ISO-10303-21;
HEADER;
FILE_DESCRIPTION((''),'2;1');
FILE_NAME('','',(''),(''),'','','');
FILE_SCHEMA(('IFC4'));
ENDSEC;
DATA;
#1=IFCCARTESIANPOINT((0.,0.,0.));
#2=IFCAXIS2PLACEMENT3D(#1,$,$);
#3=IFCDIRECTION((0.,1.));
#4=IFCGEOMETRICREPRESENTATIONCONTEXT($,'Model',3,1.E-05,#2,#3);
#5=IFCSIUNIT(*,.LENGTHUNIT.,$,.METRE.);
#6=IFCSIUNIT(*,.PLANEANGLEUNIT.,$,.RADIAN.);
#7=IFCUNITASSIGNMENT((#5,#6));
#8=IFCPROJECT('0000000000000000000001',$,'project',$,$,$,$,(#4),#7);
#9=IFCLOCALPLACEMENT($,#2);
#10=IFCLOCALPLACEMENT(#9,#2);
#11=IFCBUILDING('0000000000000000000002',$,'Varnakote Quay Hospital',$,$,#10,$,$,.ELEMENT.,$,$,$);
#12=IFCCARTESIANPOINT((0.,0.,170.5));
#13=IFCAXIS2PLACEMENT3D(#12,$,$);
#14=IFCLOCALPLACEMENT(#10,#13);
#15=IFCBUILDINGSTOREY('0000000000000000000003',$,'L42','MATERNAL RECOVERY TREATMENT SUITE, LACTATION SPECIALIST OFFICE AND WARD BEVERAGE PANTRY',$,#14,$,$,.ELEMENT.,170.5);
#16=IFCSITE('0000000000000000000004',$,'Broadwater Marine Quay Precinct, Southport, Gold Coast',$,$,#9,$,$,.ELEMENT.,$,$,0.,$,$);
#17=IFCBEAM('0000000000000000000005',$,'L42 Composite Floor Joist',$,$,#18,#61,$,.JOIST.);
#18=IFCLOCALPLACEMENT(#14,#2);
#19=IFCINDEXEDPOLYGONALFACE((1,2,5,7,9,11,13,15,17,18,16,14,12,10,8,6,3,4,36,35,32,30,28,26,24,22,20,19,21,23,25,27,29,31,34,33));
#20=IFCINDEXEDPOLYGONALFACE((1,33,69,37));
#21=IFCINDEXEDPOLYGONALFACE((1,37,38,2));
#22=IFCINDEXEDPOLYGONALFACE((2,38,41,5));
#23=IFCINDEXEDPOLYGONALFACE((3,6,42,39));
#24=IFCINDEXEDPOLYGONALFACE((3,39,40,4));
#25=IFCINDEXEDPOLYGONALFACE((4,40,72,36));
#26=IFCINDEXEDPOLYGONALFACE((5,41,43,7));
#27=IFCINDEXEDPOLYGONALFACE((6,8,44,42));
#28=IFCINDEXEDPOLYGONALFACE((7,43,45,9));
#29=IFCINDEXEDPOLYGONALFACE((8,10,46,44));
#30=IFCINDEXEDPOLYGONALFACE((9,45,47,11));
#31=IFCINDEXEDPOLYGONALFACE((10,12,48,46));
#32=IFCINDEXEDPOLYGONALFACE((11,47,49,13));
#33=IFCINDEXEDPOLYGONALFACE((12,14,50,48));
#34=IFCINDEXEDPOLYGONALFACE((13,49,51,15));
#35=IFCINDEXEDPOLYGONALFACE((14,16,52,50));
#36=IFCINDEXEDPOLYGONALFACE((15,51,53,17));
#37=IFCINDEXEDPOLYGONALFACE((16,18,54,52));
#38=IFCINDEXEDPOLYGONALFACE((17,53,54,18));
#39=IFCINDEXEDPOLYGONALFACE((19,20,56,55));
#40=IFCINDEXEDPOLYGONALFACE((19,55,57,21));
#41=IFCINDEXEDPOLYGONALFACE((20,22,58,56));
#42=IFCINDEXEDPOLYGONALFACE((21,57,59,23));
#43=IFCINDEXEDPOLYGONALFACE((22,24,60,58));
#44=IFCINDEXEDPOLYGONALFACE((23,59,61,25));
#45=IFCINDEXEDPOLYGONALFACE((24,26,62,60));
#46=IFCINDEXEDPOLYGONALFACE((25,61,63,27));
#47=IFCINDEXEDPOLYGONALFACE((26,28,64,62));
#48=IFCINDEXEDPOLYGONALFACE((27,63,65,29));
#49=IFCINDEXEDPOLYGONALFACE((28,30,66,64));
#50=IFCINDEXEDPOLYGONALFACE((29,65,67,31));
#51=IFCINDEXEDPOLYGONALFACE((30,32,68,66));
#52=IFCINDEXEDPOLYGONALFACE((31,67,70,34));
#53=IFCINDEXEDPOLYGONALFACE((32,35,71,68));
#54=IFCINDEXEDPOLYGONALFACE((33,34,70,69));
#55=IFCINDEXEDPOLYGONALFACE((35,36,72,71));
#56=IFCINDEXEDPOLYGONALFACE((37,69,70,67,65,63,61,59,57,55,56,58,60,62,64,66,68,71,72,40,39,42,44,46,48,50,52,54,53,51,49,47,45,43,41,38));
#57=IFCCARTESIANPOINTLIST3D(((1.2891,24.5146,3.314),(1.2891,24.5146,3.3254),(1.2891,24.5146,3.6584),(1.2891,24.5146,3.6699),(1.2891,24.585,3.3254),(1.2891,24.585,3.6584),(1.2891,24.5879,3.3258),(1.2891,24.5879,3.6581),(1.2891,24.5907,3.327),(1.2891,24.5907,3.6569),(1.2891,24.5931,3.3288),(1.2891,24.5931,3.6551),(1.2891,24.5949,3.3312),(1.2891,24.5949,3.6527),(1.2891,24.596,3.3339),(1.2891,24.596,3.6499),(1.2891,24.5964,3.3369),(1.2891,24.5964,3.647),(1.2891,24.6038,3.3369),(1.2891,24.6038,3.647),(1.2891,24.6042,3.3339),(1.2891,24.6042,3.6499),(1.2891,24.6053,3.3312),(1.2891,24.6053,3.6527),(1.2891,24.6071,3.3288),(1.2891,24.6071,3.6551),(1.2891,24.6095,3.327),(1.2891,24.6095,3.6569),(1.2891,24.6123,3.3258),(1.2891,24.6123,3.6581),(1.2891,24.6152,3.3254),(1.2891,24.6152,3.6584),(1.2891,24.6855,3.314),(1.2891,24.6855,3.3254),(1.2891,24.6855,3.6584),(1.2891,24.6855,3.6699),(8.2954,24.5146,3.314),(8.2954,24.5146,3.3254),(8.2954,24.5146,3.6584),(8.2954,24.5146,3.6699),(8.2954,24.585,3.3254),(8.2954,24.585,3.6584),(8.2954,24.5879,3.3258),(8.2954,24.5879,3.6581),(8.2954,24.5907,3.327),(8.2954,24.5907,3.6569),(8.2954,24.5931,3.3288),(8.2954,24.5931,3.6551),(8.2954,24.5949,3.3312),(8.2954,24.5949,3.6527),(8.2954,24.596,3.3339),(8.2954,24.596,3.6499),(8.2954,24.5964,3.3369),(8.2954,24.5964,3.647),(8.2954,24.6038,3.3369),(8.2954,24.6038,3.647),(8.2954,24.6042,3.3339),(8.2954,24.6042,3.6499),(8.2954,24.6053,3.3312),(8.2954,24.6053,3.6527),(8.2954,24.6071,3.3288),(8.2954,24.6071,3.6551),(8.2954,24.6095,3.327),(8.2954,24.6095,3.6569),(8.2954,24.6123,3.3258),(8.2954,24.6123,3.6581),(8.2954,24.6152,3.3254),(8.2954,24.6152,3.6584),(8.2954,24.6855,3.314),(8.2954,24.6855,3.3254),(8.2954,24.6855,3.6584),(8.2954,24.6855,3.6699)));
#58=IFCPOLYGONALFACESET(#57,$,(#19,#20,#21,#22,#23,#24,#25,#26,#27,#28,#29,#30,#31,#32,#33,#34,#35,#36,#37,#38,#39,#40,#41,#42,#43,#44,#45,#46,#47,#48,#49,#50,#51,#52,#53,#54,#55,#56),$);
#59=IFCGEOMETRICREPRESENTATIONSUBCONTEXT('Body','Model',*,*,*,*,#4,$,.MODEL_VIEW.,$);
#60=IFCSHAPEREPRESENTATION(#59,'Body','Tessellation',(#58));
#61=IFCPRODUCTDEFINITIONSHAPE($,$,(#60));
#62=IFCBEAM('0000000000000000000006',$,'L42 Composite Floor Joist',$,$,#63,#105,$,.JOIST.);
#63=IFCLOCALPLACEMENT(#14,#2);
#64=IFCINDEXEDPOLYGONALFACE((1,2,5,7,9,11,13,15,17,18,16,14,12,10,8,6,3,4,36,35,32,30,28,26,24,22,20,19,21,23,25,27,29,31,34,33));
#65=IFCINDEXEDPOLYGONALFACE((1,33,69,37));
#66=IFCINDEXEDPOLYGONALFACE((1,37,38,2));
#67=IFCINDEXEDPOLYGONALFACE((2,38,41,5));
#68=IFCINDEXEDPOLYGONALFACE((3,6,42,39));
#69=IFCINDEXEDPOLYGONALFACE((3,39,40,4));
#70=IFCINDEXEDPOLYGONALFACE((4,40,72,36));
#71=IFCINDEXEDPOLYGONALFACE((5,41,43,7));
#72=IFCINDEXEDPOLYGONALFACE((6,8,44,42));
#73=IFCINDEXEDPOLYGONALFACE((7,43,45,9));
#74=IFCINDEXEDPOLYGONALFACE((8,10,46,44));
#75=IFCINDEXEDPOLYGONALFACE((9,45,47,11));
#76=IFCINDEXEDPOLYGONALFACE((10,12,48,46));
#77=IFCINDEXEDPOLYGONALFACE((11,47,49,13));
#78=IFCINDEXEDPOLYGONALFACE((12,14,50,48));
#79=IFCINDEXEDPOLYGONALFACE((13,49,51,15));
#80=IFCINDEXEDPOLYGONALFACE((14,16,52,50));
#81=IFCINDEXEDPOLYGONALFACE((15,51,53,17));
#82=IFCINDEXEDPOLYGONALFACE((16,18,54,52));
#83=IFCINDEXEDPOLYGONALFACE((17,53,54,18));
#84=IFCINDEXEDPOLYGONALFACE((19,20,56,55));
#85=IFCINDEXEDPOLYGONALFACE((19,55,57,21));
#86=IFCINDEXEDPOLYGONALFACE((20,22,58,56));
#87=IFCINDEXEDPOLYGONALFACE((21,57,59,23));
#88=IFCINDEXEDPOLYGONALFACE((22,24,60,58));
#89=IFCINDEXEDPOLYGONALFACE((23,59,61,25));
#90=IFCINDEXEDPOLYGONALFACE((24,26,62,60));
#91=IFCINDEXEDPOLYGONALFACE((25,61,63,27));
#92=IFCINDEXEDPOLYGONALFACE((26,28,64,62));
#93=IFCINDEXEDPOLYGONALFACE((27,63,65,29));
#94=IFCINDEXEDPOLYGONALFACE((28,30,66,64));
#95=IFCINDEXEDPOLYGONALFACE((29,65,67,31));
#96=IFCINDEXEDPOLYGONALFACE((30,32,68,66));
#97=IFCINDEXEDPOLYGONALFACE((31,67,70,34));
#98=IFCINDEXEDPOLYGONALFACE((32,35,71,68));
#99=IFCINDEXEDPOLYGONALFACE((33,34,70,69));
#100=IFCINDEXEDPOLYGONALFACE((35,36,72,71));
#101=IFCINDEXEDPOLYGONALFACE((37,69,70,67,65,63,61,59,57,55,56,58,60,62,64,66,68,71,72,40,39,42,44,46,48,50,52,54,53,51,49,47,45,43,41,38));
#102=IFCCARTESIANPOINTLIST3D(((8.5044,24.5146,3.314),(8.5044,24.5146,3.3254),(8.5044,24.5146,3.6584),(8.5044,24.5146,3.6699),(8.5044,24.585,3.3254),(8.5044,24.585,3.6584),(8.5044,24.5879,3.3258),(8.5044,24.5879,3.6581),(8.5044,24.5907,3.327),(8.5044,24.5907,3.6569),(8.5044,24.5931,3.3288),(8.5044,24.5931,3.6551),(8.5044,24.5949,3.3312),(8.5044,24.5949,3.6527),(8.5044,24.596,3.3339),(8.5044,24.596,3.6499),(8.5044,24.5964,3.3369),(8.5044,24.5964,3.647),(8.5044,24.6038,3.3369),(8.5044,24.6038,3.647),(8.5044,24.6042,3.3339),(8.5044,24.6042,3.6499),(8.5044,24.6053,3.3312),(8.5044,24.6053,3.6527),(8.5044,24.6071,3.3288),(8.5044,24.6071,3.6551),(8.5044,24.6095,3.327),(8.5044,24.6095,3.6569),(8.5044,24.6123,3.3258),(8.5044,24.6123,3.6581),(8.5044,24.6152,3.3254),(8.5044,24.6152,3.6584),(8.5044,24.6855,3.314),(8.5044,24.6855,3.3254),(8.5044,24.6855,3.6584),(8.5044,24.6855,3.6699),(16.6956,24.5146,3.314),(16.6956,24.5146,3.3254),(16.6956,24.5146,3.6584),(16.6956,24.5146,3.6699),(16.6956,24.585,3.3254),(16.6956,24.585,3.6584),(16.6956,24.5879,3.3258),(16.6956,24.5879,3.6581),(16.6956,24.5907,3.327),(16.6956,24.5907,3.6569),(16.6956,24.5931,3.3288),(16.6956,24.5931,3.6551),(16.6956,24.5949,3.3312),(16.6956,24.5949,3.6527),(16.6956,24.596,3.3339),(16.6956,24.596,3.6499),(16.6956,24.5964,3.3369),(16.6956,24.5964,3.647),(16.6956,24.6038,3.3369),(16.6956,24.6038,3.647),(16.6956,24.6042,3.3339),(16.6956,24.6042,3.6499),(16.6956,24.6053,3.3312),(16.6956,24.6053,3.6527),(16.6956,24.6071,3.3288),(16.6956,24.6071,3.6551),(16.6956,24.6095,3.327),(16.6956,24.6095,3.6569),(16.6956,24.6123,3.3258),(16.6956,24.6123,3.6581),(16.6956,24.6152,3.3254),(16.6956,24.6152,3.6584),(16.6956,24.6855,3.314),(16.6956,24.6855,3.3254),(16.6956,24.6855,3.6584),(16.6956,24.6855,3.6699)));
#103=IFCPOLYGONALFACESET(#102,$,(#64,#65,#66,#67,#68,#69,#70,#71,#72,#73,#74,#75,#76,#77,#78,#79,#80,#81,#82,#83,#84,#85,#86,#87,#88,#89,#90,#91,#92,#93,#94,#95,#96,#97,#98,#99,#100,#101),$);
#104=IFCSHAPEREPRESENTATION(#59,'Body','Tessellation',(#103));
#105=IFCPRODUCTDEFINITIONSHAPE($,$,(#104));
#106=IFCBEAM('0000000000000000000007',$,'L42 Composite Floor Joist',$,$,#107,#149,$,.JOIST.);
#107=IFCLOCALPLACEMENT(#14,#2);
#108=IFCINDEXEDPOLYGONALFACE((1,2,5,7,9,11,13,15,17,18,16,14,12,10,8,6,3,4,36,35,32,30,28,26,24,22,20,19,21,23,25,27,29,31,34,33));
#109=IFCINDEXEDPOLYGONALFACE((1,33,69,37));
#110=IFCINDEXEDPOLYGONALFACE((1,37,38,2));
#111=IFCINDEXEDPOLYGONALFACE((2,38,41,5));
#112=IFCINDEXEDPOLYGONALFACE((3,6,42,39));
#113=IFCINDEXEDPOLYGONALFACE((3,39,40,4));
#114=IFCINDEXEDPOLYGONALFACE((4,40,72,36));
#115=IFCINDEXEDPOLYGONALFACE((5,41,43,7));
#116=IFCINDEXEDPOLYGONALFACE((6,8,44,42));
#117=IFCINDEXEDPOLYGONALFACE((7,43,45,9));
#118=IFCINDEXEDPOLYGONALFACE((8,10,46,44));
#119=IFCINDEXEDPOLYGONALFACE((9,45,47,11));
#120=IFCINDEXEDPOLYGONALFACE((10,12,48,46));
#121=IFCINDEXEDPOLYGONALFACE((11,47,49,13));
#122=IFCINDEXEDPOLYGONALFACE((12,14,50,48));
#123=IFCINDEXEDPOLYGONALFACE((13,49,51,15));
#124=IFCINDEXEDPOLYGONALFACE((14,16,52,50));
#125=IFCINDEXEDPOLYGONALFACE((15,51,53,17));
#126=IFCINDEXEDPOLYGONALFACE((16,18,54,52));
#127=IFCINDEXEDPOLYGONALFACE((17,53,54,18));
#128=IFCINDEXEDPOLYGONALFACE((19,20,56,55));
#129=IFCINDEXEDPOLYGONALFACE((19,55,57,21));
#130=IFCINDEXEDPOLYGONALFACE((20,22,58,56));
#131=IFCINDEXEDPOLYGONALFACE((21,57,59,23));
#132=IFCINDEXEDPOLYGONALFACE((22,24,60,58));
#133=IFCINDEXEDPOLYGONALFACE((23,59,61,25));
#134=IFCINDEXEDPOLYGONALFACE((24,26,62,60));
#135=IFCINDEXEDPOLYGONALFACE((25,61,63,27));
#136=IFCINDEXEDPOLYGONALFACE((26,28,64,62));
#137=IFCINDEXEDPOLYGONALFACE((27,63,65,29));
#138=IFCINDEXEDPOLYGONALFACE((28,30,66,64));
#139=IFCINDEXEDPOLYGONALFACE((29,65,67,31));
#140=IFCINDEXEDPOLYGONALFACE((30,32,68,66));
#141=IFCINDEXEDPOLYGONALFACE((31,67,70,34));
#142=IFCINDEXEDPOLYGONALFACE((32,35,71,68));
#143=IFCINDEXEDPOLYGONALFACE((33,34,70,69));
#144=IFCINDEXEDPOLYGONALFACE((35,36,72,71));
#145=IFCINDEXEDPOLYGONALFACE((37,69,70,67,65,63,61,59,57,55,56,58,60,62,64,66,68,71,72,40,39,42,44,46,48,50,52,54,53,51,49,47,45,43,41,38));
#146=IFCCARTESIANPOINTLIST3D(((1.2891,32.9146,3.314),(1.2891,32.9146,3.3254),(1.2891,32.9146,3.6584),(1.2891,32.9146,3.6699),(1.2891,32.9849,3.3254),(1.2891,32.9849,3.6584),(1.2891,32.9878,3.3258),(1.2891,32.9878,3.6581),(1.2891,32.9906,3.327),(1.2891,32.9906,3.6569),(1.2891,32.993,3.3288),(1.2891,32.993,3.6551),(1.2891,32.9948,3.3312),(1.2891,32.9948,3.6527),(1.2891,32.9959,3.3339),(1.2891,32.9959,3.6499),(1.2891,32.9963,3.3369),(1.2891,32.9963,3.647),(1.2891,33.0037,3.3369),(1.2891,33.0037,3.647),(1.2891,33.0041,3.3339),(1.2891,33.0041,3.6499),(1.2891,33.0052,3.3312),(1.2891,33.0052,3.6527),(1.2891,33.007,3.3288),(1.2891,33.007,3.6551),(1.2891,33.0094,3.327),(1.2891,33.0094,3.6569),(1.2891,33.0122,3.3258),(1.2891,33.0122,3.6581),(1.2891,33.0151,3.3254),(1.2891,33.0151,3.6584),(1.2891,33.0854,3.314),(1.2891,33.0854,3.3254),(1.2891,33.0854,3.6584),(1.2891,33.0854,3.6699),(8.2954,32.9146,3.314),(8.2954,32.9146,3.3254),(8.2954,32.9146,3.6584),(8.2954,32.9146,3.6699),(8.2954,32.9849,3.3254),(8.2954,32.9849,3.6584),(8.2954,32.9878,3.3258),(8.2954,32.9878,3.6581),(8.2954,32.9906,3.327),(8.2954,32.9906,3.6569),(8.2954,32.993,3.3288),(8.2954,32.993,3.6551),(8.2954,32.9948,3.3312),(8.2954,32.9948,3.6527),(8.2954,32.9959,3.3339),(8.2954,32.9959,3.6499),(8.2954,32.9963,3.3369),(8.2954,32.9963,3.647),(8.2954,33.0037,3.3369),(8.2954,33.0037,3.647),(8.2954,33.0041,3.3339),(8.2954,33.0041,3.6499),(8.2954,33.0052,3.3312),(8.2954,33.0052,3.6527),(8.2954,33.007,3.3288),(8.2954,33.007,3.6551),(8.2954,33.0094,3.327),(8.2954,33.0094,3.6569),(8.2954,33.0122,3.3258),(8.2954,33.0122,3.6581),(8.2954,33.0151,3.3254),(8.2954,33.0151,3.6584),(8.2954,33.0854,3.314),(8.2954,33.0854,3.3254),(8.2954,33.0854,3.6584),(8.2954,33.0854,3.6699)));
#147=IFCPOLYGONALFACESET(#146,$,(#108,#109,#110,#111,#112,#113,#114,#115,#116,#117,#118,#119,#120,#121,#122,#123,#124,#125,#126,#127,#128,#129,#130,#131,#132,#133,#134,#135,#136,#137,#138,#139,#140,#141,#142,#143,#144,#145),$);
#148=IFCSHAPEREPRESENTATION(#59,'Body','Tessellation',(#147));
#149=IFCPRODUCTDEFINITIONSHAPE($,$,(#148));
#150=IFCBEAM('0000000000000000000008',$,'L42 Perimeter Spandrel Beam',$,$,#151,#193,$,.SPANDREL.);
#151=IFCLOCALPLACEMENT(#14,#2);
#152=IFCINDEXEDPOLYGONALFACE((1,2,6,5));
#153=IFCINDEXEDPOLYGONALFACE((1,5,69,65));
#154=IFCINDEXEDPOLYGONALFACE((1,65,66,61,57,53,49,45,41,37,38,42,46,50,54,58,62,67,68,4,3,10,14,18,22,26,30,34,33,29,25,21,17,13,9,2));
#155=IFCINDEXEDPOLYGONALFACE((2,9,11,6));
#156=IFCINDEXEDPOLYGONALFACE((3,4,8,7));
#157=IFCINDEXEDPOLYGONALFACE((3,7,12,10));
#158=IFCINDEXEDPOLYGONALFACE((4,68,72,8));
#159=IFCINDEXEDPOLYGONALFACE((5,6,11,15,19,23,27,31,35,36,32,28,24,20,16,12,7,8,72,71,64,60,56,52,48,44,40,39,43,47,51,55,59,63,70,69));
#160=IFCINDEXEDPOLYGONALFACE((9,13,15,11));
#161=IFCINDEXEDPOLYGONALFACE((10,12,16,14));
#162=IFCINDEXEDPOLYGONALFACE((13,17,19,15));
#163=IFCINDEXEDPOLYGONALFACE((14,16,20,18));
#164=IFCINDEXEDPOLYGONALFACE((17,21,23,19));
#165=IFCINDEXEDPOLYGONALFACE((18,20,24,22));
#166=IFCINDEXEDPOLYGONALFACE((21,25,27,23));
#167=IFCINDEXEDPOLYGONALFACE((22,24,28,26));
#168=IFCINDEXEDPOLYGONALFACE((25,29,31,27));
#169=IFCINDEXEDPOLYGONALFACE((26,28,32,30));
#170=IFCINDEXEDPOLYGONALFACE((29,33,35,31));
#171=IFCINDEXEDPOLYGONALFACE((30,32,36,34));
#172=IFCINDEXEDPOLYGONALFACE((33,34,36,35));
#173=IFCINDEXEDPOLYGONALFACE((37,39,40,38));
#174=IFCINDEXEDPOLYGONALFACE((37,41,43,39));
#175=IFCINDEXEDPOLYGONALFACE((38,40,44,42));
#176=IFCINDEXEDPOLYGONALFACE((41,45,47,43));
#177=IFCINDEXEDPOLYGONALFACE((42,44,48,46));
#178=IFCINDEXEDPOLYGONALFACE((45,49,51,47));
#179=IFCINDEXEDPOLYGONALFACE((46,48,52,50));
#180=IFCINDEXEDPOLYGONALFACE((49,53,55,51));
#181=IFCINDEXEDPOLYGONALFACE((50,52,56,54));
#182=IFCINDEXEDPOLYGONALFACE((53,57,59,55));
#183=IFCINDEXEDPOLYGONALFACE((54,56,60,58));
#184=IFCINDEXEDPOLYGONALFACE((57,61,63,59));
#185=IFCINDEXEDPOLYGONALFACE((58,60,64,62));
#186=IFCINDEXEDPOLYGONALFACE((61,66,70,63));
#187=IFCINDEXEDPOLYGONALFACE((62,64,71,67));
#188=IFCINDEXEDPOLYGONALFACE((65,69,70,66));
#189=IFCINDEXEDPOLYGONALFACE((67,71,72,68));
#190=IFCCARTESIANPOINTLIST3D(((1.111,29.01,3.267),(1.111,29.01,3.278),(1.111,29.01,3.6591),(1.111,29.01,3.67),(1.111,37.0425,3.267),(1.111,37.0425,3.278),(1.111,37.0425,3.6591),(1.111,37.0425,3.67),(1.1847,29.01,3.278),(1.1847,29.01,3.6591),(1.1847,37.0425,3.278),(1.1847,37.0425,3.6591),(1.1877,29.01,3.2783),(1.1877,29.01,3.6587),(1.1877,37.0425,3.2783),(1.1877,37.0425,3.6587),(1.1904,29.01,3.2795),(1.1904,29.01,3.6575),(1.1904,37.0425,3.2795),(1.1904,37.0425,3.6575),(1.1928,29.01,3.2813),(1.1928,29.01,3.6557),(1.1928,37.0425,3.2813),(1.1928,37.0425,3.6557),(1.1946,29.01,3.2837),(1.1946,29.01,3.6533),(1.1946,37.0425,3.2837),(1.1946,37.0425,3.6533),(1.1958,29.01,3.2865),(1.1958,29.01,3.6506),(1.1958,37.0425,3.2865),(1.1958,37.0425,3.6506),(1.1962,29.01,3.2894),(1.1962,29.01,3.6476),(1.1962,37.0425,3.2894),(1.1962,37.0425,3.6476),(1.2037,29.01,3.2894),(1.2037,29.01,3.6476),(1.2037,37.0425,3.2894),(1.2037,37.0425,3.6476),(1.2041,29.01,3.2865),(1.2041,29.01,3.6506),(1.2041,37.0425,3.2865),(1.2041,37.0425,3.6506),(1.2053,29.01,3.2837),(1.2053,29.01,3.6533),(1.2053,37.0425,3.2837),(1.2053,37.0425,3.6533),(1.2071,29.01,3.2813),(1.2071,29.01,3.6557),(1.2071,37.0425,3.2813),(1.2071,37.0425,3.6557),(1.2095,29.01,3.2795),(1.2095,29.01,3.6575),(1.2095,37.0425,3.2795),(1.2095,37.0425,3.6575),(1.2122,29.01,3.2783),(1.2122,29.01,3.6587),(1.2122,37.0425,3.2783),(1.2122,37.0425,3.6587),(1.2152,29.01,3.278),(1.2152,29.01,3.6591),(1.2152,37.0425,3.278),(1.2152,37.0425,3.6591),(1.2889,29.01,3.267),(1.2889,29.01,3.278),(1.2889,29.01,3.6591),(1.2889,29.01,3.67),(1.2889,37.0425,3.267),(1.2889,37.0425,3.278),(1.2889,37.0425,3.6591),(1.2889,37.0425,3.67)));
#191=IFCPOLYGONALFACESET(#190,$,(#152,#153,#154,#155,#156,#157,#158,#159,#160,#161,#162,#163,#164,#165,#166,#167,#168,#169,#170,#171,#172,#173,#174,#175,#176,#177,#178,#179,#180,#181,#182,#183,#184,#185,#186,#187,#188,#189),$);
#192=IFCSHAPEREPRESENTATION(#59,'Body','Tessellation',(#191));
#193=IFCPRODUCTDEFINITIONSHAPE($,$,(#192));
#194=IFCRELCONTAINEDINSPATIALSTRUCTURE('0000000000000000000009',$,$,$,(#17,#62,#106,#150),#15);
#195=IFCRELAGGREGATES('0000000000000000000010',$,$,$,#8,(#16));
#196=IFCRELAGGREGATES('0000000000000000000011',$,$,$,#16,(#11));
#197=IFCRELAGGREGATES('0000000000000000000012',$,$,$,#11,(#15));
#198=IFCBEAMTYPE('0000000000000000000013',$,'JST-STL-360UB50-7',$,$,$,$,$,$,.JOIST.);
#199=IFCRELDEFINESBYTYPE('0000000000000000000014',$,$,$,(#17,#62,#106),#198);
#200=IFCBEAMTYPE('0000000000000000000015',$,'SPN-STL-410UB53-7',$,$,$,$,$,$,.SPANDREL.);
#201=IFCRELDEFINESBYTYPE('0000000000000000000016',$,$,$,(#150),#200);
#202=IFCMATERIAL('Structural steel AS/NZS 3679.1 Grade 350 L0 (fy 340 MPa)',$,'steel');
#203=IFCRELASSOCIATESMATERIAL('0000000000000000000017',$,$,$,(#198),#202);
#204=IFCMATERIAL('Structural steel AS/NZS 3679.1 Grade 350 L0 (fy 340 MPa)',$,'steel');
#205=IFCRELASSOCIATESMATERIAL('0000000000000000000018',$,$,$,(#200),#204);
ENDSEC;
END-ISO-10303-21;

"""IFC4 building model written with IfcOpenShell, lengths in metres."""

from ifc_helpers import new_model, si_unit, direction, frame, origin, origin_2d, place, context, subcontext, project, spatial, i_section, extrude, material, material_profile, profile_set, type_object, element, save


model = new_model("IFC4")

# Units and contexts
model_context = context("Model", 3, precision=1e-05, world=origin(), true_north=direction((0.0, 1.0)))
body_context = subcontext(model_context, "Body", "Model", "MODEL_VIEW")
ifc_project = project(units=[si_unit("LENGTHUNIT", "METRE"), si_unit("PLANEANGLEUNIT", "RADIAN")], contexts=[model_context])

# Site, building, storey
site_placement = place(None, origin())
site = spatial("IfcSite", under=ifc_project, at=site_placement, Name="Broadwater Marine Quay Precinct, Southport, Gold Coast", CompositionType="ELEMENT", RefElevation=0.0)
building_placement = place(site_placement, origin())
building = spatial("IfcBuilding", under=site, at=building_placement, Name="Varnakote Quay Hospital", CompositionType="ELEMENT")
storey_placement = place(building_placement, frame((0.0, 0.0, 170.5)))
storey = spatial("IfcBuildingStorey", under=building, at=storey_placement, Name="L42", Description="MATERNAL RECOVERY TREATMENT SUITE, LACTATION SPECIALIST OFFICE AND WARD BEVERAGE PANTRY", CompositionType="ELEMENT", Elevation=170.5)

# Beams
ifc_material_1 = material(Name="Structural steel AS/NZS 3679.1 Grade 350 L0 (fy 340 MPa)", Category="steel")
ifc_material_profile_1 = material_profile(ifc_material_1, i_section(OverallWidth=0.1709, OverallDepth=0.356, WebThickness=0.0073, FlangeThickness=0.0115, FilletRadius=0.0115, at=origin_2d()), Name="360UB50.7")
ifc_profile_set_1 = profile_set([ifc_material_profile_1], Name="Structural steel AS/NZS 3679.1 Grade 350 L0 (fy 340 MPa)")
beam_type_1 = type_object("IfcBeamType", Name="JST-STL-360UB50-7", PredefinedType="JOIST", material=ifc_profile_set_1)
beam_1_placement = place(storey_placement, frame((1.2891, 24.6001, 3.4919), z_axis=(1.0, 0.0, 0.0), x_axis=(0.0, 1.0, 0.0)))
element("IfcBeam", 1, at=beam_1_placement, inside=storey, type_object=beam_type_1, Name="L42 Composite Floor Joist", PredefinedType="JOIST", context=body_context, shape_type="SweptSolid", body=[
    extrude(i_section(OverallWidth=0.1709, OverallDepth=0.356, WebThickness=0.0073, FlangeThickness=0.0115, FilletRadius=0.0115, at=origin_2d()), origin(), (0.0, 0.0, 1.0), 7.0063),
])
beam_2_placement = place(storey_placement, frame((8.5044, 24.6001, 3.4919), z_axis=(1.0, 0.0, 0.0), x_axis=(0.0, 1.0, 0.0)))
element("IfcBeam", 2, at=beam_2_placement, inside=storey, type_object=beam_type_1, Name="L42 Composite Floor Joist", PredefinedType="JOIST", context=body_context, shape_type="SweptSolid", body=[
    extrude(i_section(OverallWidth=0.1709, OverallDepth=0.356, WebThickness=0.0073, FlangeThickness=0.0115, FilletRadius=0.0115, at=origin_2d()), origin(), (0.0, 0.0, 1.0), 8.1912),
])
beam_3_placement = place(storey_placement, frame((1.2891, 33.0, 3.4919), z_axis=(1.0, 0.0, 0.0), x_axis=(0.0, 1.0, 0.0)))
element("IfcBeam", 3, at=beam_3_placement, inside=storey, type_object=beam_type_1, Name="L42 Composite Floor Joist", PredefinedType="JOIST", context=body_context, shape_type="SweptSolid", body=[
    extrude(i_section(OverallWidth=0.1709, OverallDepth=0.356, WebThickness=0.0073, FlangeThickness=0.0115, FilletRadius=0.0115, at=origin_2d()), origin(), (0.0, 0.0, 1.0), 7.0063),
])
ifc_material_2 = material(Name="Structural steel AS/NZS 3679.1 Grade 350 L0 (fy 340 MPa)", Category="steel")
ifc_material_profile_2 = material_profile(ifc_material_2, i_section(OverallWidth=0.178, OverallDepth=0.4031, WebThickness=0.0076, FlangeThickness=0.011, FilletRadius=0.0115, at=origin_2d()), Name="410UB53.7")
ifc_profile_set_2 = profile_set([ifc_material_profile_2], Name="Structural steel AS/NZS 3679.1 Grade 350 L0 (fy 340 MPa)")
beam_type_2 = type_object("IfcBeamType", Name="SPN-STL-410UB53-7", PredefinedType="SPANDREL", material=ifc_profile_set_2)
beam_4_placement = place(storey_placement, frame((1.2, 29.01, 3.4685), z_axis=(0.0, 1.0, 0.0), x_axis=(-1.0, 0.0, 0.0)))
element("IfcBeam", 4, at=beam_4_placement, inside=storey, type_object=beam_type_2, Name="L42 Perimeter Spandrel Beam", PredefinedType="SPANDREL", context=body_context, shape_type="SweptSolid", body=[
    extrude(i_section(OverallWidth=0.178, OverallDepth=0.4031, WebThickness=0.0076, FlangeThickness=0.011, FilletRadius=0.0115, at=origin_2d()), origin(), (0.0, 0.0, 1.0), 8.0325),
])

save(model, "model.ifc")
